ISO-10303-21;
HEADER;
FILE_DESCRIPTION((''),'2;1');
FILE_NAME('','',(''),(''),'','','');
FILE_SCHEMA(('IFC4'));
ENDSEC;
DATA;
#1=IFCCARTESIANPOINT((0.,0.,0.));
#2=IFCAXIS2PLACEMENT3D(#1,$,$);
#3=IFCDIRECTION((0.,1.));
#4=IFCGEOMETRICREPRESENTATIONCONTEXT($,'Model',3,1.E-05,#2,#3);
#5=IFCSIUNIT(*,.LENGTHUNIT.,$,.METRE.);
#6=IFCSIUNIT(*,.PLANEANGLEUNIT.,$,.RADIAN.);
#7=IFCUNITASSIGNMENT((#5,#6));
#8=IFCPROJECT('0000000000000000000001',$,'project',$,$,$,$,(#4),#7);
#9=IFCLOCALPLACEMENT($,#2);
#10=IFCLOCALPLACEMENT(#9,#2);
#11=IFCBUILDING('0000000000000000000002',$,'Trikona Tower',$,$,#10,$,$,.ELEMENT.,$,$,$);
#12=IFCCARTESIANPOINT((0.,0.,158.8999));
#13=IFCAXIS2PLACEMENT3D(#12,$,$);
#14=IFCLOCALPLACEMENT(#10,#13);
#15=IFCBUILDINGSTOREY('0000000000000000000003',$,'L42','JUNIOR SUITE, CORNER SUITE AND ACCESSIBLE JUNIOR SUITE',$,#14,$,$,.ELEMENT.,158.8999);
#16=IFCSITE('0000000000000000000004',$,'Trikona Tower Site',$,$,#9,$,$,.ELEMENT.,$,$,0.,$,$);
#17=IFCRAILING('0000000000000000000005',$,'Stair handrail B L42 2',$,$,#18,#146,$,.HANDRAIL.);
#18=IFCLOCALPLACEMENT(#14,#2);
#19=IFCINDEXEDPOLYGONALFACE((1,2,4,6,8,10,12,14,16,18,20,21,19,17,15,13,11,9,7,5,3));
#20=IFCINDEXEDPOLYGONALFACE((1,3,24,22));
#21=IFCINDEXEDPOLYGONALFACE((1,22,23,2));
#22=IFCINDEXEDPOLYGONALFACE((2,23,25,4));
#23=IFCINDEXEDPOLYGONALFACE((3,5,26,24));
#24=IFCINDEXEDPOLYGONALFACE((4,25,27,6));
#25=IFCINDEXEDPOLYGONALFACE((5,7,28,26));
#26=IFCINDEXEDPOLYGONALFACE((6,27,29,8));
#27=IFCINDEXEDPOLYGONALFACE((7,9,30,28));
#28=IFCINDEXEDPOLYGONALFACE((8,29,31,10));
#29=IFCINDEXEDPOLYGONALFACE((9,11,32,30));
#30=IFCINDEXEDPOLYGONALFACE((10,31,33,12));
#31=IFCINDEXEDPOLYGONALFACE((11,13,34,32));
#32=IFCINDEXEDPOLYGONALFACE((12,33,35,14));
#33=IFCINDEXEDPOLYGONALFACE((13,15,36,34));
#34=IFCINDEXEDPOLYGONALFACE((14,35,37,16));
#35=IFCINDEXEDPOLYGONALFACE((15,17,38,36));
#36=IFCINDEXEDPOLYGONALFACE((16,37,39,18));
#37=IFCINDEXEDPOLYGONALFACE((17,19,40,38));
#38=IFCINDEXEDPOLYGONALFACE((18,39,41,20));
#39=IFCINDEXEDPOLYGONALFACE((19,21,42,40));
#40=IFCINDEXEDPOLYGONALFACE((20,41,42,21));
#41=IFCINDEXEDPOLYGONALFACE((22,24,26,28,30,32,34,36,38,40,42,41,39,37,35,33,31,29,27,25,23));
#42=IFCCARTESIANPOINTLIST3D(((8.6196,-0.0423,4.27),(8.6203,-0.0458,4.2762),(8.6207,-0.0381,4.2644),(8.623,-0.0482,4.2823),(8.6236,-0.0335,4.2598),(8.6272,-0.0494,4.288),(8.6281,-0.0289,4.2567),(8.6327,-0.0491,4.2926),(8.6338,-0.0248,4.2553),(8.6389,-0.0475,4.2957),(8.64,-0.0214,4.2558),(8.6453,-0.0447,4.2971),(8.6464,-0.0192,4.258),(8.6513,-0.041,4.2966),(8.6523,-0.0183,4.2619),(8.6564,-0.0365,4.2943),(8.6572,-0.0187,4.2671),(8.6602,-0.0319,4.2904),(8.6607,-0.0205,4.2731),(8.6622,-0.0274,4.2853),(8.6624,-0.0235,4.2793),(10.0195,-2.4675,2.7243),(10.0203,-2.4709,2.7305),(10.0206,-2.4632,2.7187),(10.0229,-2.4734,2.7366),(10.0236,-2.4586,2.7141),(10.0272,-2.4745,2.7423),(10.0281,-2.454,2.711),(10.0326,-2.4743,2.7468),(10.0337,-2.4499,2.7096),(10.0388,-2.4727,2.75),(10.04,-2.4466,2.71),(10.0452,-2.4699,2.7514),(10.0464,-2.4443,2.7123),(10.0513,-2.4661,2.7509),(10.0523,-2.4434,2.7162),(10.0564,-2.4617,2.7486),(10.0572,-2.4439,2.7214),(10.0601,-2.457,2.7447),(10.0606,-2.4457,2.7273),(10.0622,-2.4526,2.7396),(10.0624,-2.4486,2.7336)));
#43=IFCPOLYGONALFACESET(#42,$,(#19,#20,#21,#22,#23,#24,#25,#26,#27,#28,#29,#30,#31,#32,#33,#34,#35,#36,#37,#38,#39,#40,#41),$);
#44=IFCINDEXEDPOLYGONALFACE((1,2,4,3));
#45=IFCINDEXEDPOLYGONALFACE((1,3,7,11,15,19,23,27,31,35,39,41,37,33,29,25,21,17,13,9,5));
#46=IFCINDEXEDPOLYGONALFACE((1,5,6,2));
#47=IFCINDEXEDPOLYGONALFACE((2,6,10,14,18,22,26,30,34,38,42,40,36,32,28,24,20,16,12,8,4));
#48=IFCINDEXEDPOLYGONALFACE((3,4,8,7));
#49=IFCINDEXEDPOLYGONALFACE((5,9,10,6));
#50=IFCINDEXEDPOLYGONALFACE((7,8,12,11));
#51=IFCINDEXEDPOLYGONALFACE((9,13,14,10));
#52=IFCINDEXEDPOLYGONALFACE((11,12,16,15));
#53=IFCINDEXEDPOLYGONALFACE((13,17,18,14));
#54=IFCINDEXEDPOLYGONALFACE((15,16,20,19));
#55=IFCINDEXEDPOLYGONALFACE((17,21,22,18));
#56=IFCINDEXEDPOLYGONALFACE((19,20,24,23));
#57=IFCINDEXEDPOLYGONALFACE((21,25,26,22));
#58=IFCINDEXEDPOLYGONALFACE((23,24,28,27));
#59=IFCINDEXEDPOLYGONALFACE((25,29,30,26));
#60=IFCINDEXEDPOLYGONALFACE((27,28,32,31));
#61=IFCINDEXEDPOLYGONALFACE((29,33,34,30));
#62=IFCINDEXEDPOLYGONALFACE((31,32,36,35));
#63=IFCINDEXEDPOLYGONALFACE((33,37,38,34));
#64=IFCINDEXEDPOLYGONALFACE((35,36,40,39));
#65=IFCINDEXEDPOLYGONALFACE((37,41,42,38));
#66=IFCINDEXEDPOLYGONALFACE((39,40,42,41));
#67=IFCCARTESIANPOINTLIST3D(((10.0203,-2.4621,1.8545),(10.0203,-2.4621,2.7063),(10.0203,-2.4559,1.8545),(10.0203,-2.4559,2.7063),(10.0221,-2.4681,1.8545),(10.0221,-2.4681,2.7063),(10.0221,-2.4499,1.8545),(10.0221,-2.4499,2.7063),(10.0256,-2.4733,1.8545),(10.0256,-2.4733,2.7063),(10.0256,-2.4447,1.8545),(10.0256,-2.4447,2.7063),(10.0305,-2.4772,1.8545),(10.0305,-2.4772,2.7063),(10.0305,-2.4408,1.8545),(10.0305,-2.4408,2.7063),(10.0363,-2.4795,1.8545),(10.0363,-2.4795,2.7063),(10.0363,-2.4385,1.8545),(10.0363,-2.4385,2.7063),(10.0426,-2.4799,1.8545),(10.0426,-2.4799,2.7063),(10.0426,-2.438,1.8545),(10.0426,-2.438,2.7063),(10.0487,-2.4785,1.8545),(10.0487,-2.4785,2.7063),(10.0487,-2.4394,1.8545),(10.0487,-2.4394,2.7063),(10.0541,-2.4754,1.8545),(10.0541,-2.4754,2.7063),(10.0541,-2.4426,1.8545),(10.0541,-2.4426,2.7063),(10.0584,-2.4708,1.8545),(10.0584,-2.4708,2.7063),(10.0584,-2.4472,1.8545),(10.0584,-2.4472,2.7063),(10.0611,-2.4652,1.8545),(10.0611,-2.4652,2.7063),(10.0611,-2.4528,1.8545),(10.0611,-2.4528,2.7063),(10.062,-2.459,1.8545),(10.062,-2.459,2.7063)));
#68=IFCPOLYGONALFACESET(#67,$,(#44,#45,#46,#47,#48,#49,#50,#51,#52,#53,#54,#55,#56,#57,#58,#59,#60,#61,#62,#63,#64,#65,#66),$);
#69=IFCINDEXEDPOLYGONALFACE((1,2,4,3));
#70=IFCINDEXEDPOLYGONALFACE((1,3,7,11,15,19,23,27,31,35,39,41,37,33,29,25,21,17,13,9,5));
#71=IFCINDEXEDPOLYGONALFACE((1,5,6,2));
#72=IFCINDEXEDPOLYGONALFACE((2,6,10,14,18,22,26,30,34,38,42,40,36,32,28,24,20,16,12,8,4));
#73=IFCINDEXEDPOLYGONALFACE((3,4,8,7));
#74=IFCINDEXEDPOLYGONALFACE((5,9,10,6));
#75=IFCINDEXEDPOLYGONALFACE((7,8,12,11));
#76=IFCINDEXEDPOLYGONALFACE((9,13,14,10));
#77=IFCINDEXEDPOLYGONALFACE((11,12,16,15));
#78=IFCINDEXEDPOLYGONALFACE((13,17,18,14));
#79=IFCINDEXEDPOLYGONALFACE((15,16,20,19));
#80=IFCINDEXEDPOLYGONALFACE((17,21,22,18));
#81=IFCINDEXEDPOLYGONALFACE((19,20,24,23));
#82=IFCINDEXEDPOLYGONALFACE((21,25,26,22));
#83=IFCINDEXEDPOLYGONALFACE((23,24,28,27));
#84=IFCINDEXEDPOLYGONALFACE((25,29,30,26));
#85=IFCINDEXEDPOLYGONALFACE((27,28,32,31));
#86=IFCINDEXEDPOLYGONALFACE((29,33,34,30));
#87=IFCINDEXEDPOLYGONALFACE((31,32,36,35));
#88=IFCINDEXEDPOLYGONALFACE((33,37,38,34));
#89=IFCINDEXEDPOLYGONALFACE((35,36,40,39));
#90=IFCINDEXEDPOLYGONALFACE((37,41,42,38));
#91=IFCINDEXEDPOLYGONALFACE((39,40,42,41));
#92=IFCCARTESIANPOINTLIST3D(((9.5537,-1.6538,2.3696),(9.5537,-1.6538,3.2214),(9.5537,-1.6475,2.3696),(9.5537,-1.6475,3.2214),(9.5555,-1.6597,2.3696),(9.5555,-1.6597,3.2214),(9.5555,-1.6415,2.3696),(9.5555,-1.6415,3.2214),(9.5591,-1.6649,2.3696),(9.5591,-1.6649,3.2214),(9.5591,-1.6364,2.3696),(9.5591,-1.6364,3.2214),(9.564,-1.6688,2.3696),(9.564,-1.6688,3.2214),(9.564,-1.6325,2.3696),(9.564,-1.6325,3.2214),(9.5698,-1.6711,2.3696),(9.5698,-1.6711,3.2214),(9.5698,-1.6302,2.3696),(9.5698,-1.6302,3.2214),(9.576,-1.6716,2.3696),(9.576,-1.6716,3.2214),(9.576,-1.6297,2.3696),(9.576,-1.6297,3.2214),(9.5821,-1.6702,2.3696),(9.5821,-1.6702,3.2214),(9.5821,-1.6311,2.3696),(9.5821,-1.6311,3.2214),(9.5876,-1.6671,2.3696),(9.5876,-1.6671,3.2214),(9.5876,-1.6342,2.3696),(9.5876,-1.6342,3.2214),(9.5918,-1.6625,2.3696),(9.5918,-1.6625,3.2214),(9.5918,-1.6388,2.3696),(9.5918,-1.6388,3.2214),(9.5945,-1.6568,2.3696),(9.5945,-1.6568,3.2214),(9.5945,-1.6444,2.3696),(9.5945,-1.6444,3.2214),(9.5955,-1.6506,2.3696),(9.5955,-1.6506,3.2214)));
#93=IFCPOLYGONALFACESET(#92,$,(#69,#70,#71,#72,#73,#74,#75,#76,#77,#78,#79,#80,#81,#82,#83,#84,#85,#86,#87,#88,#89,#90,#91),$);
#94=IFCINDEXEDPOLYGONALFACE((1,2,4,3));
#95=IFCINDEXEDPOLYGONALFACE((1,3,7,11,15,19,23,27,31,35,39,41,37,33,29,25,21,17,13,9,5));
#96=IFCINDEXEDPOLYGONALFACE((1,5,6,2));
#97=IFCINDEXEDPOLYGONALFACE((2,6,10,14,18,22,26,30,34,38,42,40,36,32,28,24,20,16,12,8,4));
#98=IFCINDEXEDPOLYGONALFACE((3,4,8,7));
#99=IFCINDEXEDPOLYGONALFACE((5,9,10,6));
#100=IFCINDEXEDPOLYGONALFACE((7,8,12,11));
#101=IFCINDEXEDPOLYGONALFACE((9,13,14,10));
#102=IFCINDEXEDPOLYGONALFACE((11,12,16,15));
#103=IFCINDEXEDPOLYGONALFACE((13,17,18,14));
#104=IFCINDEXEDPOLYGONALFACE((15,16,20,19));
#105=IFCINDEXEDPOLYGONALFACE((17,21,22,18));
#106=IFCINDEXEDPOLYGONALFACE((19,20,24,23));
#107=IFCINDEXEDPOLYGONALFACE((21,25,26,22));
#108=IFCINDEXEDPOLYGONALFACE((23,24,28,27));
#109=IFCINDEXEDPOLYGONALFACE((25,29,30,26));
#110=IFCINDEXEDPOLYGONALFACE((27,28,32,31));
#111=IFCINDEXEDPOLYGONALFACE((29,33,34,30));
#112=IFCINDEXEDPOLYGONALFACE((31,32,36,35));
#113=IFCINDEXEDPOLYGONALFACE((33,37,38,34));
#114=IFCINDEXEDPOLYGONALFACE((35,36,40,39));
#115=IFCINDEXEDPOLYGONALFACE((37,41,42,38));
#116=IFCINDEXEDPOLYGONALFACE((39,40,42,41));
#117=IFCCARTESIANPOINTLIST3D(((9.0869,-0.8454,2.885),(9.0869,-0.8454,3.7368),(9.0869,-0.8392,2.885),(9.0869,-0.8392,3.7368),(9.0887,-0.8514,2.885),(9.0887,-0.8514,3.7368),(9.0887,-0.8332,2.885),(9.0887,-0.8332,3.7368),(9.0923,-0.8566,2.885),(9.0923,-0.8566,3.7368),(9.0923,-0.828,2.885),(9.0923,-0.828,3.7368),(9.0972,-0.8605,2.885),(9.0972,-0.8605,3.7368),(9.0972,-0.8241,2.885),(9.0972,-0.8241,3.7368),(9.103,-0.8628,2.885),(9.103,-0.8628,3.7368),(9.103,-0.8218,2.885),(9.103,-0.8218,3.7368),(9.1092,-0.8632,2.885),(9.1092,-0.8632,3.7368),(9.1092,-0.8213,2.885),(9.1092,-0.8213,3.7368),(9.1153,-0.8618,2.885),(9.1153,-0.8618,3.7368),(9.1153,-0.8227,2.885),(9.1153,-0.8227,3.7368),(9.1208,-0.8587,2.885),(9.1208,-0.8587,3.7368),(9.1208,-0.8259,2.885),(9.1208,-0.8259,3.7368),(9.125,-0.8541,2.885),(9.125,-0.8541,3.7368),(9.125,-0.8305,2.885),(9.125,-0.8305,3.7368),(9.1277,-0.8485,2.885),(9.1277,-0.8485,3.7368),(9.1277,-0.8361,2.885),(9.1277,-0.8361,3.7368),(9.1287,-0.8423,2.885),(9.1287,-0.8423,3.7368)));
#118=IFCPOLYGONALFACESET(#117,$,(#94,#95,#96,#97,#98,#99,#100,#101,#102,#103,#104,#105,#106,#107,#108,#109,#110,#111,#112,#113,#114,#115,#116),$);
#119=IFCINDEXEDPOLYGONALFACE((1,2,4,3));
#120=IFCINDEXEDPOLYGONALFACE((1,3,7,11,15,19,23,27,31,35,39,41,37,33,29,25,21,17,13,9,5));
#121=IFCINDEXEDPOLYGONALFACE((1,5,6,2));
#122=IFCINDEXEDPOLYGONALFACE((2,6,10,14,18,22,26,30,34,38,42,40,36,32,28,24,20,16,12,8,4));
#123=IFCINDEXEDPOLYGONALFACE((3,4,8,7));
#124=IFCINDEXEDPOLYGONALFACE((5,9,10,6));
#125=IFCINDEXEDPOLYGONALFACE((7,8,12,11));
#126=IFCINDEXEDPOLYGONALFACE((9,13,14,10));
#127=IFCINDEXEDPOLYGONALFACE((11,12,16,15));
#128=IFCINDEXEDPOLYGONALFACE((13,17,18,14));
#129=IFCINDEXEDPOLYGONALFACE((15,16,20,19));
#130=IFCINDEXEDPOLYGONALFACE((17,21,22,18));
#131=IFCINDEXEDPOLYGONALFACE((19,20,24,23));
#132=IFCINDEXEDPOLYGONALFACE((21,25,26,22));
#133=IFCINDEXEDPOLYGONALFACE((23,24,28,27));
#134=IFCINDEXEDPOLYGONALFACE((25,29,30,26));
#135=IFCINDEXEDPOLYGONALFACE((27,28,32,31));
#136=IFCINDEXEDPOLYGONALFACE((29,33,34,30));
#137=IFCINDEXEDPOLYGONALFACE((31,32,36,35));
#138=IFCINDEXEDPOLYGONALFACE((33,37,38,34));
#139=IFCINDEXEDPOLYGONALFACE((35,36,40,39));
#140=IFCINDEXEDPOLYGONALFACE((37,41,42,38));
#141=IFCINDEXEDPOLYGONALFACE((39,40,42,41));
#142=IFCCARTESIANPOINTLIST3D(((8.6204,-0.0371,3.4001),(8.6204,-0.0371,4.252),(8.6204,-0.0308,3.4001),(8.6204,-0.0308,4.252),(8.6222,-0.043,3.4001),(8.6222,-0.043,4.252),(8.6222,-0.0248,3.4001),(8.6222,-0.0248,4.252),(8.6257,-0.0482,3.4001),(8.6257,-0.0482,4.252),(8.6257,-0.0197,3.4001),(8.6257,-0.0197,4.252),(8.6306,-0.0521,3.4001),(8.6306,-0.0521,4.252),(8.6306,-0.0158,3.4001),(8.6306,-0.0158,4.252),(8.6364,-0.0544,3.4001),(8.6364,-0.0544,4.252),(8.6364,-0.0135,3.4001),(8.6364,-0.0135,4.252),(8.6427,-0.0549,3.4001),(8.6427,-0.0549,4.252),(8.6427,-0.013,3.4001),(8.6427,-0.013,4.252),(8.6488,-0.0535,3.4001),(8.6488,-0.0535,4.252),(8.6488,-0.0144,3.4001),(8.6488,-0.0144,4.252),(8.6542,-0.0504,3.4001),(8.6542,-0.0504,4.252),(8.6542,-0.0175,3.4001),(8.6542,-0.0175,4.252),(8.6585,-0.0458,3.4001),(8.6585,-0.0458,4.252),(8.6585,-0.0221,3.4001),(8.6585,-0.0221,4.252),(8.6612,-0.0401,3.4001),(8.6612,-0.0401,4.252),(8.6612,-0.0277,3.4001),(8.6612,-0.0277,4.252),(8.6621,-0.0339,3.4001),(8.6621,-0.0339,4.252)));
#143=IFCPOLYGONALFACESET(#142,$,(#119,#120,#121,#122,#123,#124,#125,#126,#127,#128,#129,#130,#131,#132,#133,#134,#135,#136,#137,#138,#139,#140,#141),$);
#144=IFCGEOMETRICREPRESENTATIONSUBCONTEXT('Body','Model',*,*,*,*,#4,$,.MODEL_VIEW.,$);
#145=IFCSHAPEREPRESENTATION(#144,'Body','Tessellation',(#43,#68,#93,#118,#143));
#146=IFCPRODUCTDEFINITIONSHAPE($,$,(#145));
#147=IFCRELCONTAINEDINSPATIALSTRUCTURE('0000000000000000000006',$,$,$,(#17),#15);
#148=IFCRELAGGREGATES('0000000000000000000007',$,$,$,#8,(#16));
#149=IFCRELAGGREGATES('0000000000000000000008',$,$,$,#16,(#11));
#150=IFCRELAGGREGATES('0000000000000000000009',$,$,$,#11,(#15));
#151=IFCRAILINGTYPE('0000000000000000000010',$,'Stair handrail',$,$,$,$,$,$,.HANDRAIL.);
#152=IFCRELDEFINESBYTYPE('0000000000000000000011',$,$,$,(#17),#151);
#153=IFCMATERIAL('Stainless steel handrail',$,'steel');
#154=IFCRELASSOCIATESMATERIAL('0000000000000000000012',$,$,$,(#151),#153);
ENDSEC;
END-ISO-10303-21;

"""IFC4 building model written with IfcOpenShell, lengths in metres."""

from ifc_helpers import new_model, si_unit, direction, frame, origin, origin_2d, place, context, subcontext, project, spatial, circle, extrude, material, type_object, element, save


model = new_model("IFC4")

# Units and contexts
model_context = context("Model", 3, precision=1e-05, world=origin(), true_north=direction((0.0, 1.0)))
body_context = subcontext(model_context, "Body", "Model", "MODEL_VIEW")
ifc_project = project(units=[si_unit("LENGTHUNIT", "METRE"), si_unit("PLANEANGLEUNIT", "RADIAN")], contexts=[model_context])

# Site, building, storey
site_placement = place(None, origin())
site = spatial("IfcSite", under=ifc_project, at=site_placement, Name="Trikona Tower Site", CompositionType="ELEMENT", RefElevation=0.0)
building_placement = place(site_placement, origin())
building = spatial("IfcBuilding", under=site, at=building_placement, Name="Trikona Tower", CompositionType="ELEMENT")
storey_placement = place(building_placement, frame((0.0, 0.0, 158.8999)))
storey = spatial("IfcBuildingStorey", under=building, at=storey_placement, Name="L42", Description="JUNIOR SUITE, CORNER SUITE AND ACCESSIBLE JUNIOR SUITE", CompositionType="ELEMENT", Elevation=158.8999)

# Railing
ifc_material_1 = material(Name="Stainless steel handrail", Category="steel")
railing_type = type_object("IfcRailingType", Name="Stair handrail", PredefinedType="HANDRAIL", material=ifc_material_1)
railing_placement = place(storey_placement, frame((10.041, -2.459, 1.8545)))
element("IfcRailing", 1, at=railing_placement, inside=storey, type_object=railing_type, Name="Stair handrail B L42 2", PredefinedType="HANDRAIL", context=body_context, shape_type="SweptSolid", body=[
    extrude(circle(Radius=0.0239, at=origin_2d()), frame((0.0, 0.0, 0.876), z_axis=(-0.437691, 0.758212, 0.483262), x_axis=(-0.866056, -0.499946, 0.0)), (0.0, 0.0, 1.0), 3.1985),
    extrude(circle(Radius=0.021, at=origin_2d()), origin(), (0.0, 0.0, 1.0), 0.8518),
    extrude(circle(Radius=0.021, at=origin_2d()), frame((-0.4666, 0.8083, 0.5151)), (0.0, 0.0, 1.0), 0.8518),
    extrude(circle(Radius=0.021, at=origin_2d()), frame((-0.9333, 1.6167, 1.0305)), (0.0, 0.0, 1.0), 0.8518),
    extrude(circle(Radius=0.021, at=origin_2d()), frame((-1.3999, 2.425, 1.5457)), (0.0, 0.0, 1.0), 0.8518),
])

save(model, "model.ifc")
